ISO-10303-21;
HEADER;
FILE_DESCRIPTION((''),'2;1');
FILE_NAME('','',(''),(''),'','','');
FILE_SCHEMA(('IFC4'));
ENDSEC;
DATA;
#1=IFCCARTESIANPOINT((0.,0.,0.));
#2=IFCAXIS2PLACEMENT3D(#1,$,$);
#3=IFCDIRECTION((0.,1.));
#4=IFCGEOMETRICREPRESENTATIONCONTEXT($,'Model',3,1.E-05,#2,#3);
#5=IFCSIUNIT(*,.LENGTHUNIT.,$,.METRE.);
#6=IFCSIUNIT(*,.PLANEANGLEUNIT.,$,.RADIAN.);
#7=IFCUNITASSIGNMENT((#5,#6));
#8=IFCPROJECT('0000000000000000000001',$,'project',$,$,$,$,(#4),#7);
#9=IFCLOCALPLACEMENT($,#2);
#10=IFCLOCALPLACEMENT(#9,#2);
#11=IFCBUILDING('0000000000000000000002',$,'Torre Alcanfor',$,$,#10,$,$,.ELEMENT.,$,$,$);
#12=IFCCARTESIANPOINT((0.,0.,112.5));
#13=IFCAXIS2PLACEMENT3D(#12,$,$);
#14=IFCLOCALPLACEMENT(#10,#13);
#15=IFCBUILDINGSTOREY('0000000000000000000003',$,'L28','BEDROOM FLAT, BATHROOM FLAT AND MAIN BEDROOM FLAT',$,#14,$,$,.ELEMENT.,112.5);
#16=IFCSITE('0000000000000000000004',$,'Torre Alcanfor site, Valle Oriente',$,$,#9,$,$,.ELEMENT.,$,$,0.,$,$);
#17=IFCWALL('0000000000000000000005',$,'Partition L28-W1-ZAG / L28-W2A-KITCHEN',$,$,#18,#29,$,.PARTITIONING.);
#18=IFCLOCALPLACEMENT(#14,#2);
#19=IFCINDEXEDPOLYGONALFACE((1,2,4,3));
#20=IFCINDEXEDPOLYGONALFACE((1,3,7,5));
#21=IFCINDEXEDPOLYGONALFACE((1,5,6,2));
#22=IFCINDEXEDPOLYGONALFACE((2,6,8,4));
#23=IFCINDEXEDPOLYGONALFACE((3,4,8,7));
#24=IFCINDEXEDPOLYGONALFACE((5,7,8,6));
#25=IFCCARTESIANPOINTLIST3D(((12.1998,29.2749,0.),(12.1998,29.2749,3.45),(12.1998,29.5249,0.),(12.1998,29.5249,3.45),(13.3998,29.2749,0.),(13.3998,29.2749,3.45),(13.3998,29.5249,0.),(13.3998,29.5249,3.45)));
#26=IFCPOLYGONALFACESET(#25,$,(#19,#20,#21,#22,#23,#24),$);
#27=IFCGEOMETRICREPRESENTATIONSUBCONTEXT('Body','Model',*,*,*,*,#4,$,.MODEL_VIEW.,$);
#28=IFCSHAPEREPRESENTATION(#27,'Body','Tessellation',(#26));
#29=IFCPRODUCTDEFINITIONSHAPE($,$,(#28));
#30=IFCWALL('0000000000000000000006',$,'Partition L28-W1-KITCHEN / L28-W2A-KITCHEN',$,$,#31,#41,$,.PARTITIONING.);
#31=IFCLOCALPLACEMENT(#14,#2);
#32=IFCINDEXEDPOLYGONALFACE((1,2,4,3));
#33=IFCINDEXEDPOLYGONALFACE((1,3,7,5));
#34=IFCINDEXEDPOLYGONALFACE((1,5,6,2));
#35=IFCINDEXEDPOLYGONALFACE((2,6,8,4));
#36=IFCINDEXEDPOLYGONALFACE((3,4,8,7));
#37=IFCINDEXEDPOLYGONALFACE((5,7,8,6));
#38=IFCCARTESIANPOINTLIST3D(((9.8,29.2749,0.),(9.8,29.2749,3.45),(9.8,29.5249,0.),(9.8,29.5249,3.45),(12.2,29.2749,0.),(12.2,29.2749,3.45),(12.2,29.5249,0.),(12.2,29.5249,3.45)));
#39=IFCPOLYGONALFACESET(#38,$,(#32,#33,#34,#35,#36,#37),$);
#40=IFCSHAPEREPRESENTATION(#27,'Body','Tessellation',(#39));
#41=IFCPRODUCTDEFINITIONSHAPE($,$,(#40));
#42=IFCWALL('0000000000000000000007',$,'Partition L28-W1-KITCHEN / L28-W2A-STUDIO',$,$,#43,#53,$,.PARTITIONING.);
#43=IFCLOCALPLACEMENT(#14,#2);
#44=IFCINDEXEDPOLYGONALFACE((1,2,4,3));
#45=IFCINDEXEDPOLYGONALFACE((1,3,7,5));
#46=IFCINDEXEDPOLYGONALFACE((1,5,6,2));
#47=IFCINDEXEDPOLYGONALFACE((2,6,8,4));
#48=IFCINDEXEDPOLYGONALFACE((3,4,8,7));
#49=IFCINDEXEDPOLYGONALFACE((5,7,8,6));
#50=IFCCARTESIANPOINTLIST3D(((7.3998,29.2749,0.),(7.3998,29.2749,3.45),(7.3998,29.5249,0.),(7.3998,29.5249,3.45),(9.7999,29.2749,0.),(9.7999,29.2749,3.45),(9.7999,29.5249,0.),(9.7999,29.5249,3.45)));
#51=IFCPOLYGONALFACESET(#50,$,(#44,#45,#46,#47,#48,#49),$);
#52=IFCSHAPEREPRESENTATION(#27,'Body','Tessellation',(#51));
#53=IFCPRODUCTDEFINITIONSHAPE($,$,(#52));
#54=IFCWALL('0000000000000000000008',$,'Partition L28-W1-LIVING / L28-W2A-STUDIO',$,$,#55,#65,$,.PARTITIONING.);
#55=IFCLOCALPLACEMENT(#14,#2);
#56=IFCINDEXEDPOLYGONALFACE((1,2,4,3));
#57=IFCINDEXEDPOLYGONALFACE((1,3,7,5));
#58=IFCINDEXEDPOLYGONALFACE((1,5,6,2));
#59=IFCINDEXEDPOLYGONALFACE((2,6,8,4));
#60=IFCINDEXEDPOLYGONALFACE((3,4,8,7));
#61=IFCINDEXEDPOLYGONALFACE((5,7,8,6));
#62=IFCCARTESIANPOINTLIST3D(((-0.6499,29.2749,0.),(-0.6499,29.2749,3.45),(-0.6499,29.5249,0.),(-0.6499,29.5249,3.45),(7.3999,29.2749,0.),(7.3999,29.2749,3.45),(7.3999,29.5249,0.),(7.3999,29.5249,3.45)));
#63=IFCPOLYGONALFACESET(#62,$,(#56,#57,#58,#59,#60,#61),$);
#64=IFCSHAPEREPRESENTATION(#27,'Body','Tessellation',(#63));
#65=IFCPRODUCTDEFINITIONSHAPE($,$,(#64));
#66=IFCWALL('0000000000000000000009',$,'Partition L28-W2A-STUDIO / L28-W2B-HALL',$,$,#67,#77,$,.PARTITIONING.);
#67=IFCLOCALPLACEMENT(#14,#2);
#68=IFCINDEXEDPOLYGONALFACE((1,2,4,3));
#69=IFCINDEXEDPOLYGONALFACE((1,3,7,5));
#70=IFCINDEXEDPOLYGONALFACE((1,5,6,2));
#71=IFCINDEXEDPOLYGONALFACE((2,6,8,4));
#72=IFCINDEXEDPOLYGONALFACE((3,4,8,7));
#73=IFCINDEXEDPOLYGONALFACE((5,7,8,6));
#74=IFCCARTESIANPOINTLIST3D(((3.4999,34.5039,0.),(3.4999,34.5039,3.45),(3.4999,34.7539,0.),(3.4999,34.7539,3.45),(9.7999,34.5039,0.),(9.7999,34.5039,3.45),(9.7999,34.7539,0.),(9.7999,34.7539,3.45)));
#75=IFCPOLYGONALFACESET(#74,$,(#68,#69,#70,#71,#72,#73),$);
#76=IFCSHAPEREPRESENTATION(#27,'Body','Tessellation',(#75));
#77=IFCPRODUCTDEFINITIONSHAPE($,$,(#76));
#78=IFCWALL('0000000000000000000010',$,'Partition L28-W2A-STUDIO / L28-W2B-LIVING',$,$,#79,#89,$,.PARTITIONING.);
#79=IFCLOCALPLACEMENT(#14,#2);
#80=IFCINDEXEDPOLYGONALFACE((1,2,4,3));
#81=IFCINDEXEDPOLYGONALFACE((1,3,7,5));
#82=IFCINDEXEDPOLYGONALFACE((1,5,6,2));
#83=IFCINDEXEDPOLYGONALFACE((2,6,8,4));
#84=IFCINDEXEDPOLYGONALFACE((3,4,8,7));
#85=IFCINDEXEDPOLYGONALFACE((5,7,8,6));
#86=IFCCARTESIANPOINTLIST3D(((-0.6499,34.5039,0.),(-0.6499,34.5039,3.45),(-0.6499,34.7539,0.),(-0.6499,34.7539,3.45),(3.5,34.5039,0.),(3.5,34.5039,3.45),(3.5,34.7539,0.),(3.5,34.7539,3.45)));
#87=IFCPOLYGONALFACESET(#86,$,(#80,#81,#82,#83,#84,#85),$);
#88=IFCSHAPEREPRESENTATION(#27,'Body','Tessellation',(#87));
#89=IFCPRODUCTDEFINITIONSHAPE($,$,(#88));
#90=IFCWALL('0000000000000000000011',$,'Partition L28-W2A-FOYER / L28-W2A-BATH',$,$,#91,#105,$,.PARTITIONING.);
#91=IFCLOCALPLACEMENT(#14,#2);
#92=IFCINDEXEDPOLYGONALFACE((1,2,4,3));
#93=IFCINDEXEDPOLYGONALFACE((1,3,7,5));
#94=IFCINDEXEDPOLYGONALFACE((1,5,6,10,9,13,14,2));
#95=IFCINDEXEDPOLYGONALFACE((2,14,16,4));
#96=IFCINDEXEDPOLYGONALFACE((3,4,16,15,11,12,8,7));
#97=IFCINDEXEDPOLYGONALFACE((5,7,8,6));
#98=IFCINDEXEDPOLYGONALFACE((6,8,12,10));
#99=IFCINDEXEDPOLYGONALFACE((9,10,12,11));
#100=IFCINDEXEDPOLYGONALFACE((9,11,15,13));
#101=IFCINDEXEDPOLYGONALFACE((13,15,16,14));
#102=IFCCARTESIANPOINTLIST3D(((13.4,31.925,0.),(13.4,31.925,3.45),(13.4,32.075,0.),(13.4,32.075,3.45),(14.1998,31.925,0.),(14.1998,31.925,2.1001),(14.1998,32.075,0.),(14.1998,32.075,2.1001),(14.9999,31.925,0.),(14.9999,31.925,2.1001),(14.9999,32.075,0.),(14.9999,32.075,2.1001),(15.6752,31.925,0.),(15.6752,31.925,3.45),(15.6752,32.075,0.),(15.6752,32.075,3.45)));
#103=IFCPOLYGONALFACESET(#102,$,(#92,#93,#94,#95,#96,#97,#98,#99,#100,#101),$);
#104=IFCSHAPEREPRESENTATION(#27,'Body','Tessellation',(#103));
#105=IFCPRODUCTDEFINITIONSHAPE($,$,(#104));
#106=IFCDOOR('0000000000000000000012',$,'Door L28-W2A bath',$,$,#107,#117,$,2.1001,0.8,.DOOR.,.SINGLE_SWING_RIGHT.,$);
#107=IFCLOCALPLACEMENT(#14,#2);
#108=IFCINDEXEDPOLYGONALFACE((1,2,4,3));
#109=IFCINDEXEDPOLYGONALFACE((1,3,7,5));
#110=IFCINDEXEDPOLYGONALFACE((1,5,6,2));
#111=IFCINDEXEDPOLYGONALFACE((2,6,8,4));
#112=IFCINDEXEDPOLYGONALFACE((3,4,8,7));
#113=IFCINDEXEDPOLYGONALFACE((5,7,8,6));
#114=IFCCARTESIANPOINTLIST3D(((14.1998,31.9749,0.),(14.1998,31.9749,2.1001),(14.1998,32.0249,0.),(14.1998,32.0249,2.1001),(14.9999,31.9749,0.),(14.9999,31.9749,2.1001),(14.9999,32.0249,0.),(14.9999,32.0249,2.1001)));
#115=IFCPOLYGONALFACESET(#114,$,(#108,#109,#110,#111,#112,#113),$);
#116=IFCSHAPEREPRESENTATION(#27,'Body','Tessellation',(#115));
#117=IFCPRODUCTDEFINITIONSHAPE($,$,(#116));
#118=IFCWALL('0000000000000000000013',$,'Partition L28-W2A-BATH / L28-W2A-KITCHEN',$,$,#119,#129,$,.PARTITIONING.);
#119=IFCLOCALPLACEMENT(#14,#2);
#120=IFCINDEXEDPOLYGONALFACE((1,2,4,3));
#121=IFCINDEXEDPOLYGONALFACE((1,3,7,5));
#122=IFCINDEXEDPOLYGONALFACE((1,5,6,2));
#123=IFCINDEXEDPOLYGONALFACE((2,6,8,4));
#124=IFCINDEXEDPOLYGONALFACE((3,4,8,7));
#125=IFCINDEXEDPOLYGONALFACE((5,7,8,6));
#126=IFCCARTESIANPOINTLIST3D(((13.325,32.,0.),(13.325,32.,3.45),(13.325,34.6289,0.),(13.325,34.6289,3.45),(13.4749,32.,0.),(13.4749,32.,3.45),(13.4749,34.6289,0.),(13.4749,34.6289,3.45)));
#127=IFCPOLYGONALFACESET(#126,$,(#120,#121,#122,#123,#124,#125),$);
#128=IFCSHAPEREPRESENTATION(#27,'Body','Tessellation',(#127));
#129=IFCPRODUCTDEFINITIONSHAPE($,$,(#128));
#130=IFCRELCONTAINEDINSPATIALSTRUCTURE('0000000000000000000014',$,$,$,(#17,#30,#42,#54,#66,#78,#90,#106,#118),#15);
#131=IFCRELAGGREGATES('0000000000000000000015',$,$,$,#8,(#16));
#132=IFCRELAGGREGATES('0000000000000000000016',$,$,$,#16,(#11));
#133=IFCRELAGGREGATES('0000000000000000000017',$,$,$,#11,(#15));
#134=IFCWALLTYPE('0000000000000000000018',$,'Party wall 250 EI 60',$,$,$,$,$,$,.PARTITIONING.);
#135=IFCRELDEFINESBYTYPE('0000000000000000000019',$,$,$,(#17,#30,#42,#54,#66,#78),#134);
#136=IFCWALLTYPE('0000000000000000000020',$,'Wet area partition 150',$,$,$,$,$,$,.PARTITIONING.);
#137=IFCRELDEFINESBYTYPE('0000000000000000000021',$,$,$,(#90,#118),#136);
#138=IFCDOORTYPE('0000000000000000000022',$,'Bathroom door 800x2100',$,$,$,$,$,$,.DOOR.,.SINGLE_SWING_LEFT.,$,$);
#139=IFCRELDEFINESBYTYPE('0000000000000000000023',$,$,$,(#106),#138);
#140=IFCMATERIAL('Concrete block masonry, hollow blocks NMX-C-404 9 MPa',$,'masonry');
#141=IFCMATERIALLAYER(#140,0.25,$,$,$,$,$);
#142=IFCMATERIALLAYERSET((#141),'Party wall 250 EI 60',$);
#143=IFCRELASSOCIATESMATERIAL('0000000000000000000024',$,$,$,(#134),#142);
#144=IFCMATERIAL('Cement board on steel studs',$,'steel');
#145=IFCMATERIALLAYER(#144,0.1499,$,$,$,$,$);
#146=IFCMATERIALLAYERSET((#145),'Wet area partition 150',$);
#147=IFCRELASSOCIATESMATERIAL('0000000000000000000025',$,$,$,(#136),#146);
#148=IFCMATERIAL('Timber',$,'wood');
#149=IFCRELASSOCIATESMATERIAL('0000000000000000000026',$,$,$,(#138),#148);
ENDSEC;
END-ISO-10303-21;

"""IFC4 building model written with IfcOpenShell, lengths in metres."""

from ifc_helpers import new_model, si_unit, direction, frame, frame_2d, origin, place, context, subcontext, project, spatial, rectangle, extrude, material, layer, layer_set, type_object, element, fill, save


model = new_model("IFC4")

# Units and contexts
model_context = context("Model", 3, precision=1e-05, world=origin(), true_north=direction((0.0, 1.0)))
body_context = subcontext(model_context, "Body", "Model", "MODEL_VIEW")
ifc_project = project(units=[si_unit("LENGTHUNIT", "METRE"), si_unit("PLANEANGLEUNIT", "RADIAN")], contexts=[model_context])

# Site, building, storey
site_placement = place(None, origin())
site = spatial("IfcSite", under=ifc_project, at=site_placement, Name="Torre Alcanfor site, Valle Oriente", CompositionType="ELEMENT", RefElevation=0.0)
building_placement = place(site_placement, origin())
building = spatial("IfcBuilding", under=site, at=building_placement, Name="Torre Alcanfor", CompositionType="ELEMENT")
storey_placement = place(building_placement, frame((0.0, 0.0, 112.5)))
storey = spatial("IfcBuildingStorey", under=building, at=storey_placement, Name="L28", Description="BEDROOM FLAT, BATHROOM FLAT AND MAIN BEDROOM FLAT", CompositionType="ELEMENT", Elevation=112.5)

# Walls
ifc_material_1 = material(Name="Concrete block masonry, hollow blocks NMX-C-404 9 MPa", Category="masonry")
ifc_layer_1 = layer(ifc_material_1, 0.25)
ifc_layer_set_1 = layer_set([ifc_layer_1], Name="Party wall 250 EI 60")
wall_type_1 = type_object("IfcWallType", Name="Party wall 250 EI 60", PredefinedType="PARTITIONING", material=ifc_layer_set_1)
wall_1_placement = place(storey_placement, frame((13.3999, 29.3999, 0.0), z_axis=(0.0, 0.0, 1.0), x_axis=(-1.0, 0.0, 0.0)))
element("IfcWall", 1, at=wall_1_placement, inside=storey, type_object=wall_type_1, Name="Partition L28-W1-ZAG / L28-W2A-KITCHEN", PredefinedType="PARTITIONING", context=body_context, shape_type="SweptSolid", body=[
    extrude(rectangle(XDim=1.2, YDim=0.25, at=frame_2d((0.6001, 0.0))), origin(), (0.0, 0.0, 1.0), 3.45),
])
wall_2_placement = place(storey_placement, frame((12.2, 29.3999, 0.0), z_axis=(0.0, 0.0, 1.0), x_axis=(-1.0, 0.0, 0.0)))
element("IfcWall", 2, at=wall_2_placement, inside=storey, type_object=wall_type_1, Name="Partition L28-W1-KITCHEN / L28-W2A-KITCHEN", PredefinedType="PARTITIONING", context=body_context, shape_type="SweptSolid", body=[
    extrude(rectangle(XDim=2.3999, YDim=0.25, at=frame_2d((1.2, 0.0))), origin(), (0.0, 0.0, 1.0), 3.45),
])
wall_3_placement = place(storey_placement, frame((9.8, 29.3999, 0.0), z_axis=(0.0, 0.0, 1.0), x_axis=(-1.0, 0.0, 0.0)))
element("IfcWall", 3, at=wall_3_placement, inside=storey, type_object=wall_type_1, Name="Partition L28-W1-KITCHEN / L28-W2A-STUDIO", PredefinedType="PARTITIONING", context=body_context, shape_type="SweptSolid", body=[
    extrude(rectangle(XDim=2.4001, YDim=0.25, at=frame_2d((1.2002, 0.0))), origin(), (0.0, 0.0, 1.0), 3.45),
])
wall_4_placement = place(storey_placement, frame((7.3999, 29.3999, 0.0), z_axis=(0.0, 0.0, 1.0), x_axis=(-1.0, 0.0, 0.0)))
element("IfcWall", 4, at=wall_4_placement, inside=storey, type_object=wall_type_1, Name="Partition L28-W1-LIVING / L28-W2A-STUDIO", PredefinedType="PARTITIONING", context=body_context, shape_type="SweptSolid", body=[
    extrude(rectangle(XDim=8.0498, YDim=0.25, at=frame_2d((4.0249, 0.0))), origin(), (0.0, 0.0, 1.0), 3.45),
])
wall_5_placement = place(storey_placement, frame((3.5, 34.6289, 0.0), z_axis=(0.0, 0.0, 1.0), x_axis=(1.0, 0.0, 0.0)))
element("IfcWall", 5, at=wall_5_placement, inside=storey, type_object=wall_type_1, Name="Partition L28-W2A-STUDIO / L28-W2B-HALL", PredefinedType="PARTITIONING", context=body_context, shape_type="SweptSolid", body=[
    extrude(rectangle(XDim=6.3, YDim=0.25, at=frame_2d((3.1499, 0.0))), origin(), (0.0, 0.0, 1.0), 3.45),
])
wall_6_placement = place(storey_placement, frame((-0.6499, 34.6289, 0.0), z_axis=(0.0, 0.0, 1.0), x_axis=(1.0, 0.0, 0.0)))
element("IfcWall", 6, at=wall_6_placement, inside=storey, type_object=wall_type_1, Name="Partition L28-W2A-STUDIO / L28-W2B-LIVING", PredefinedType="PARTITIONING", context=body_context, shape_type="SweptSolid", body=[
    extrude(rectangle(XDim=4.1499, YDim=0.25, at=frame_2d((2.075, 0.0))), origin(), (0.0, 0.0, 1.0), 3.45),
])

# Wall, opening, door
ifc_material_2 = material(Name="Cement board on steel studs", Category="steel")
ifc_layer_2 = layer(ifc_material_2, 0.1499)
ifc_layer_set_2 = layer_set([ifc_layer_2], Name="Wet area partition 150")
wall_type_2 = type_object("IfcWallType", Name="Wet area partition 150", PredefinedType="PARTITIONING", material=ifc_layer_set_2)
wall_7_placement = place(storey_placement, frame((13.3999, 32.0, 0.0), z_axis=(0.0, 0.0, 1.0), x_axis=(1.0, 0.0, 0.0)))
wall_7 = element("IfcWall", 7, at=wall_7_placement, inside=storey, type_object=wall_type_2, Name="Partition L28-W2A-FOYER / L28-W2A-BATH", PredefinedType="PARTITIONING", context=body_context, shape_type="SweptSolid", body=[
    extrude(rectangle(XDim=2.2751, YDim=0.1499, at=frame_2d((1.1377, 0.0))), origin(), (0.0, 0.0, 1.0), 3.45),
])
opening_1_placement = place(wall_7_placement, frame((0.8, 0.0, 0.0)))
opening_1 = element("IfcOpeningElement", 8, at=opening_1_placement, cuts=wall_7, PredefinedType="OPENING", context=body_context, shape_type="SweptSolid", body=[
    extrude(rectangle(XDim=0.8, YDim=2.1001, at=frame_2d((0.3999, 1.05))), frame((0.0, 0.085, 0.0), z_axis=(0.0, -1.0, 0.0), x_axis=(1.0, 0.0, 0.0)), (0.0, 0.0, 1.0), 0.1699),
])
ifc_material_3 = material(Name="Timber", Category="wood")
door_type_1 = type_object("IfcDoorType", Name="Bathroom door 800x2100", OperationType="SINGLE_SWING_LEFT", PredefinedType="DOOR", material=ifc_material_3)
door_1_placement = place(opening_1_placement, origin())
door_1 = element("IfcDoor", 9, at=door_1_placement, inside=storey, type_object=door_type_1, Name="Door L28-W2A bath", OperationType="SINGLE_SWING_RIGHT", OverallHeight=2.1001, OverallWidth=0.8, PredefinedType="DOOR", context=body_context, shape_type="SweptSolid", body=[
    extrude(rectangle(XDim=0.8, YDim=2.1001, at=frame_2d((0.3999, 1.05))), frame((0.0, 0.0249, 0.0), z_axis=(0.0, -1.0, 0.0), x_axis=(1.0, 0.0, 0.0)), (0.0, 0.0, 1.0), 0.05),
])
fill(opening_1, door_1)

# Wall
wall_8_placement = place(storey_placement, frame((13.3999, 32.0, 0.0), z_axis=(0.0, 0.0, 1.0), x_axis=(0.0, 1.0, 0.0)))
element("IfcWall", 10, at=wall_8_placement, inside=storey, type_object=wall_type_2, Name="Partition L28-W2A-BATH / L28-W2A-KITCHEN", PredefinedType="PARTITIONING", context=body_context, shape_type="SweptSolid", body=[
    extrude(rectangle(XDim=2.6289, YDim=0.1499, at=frame_2d((1.3145, 0.0))), origin(), (0.0, 0.0, 1.0), 3.45),
])

save(model, "model.ifc")
